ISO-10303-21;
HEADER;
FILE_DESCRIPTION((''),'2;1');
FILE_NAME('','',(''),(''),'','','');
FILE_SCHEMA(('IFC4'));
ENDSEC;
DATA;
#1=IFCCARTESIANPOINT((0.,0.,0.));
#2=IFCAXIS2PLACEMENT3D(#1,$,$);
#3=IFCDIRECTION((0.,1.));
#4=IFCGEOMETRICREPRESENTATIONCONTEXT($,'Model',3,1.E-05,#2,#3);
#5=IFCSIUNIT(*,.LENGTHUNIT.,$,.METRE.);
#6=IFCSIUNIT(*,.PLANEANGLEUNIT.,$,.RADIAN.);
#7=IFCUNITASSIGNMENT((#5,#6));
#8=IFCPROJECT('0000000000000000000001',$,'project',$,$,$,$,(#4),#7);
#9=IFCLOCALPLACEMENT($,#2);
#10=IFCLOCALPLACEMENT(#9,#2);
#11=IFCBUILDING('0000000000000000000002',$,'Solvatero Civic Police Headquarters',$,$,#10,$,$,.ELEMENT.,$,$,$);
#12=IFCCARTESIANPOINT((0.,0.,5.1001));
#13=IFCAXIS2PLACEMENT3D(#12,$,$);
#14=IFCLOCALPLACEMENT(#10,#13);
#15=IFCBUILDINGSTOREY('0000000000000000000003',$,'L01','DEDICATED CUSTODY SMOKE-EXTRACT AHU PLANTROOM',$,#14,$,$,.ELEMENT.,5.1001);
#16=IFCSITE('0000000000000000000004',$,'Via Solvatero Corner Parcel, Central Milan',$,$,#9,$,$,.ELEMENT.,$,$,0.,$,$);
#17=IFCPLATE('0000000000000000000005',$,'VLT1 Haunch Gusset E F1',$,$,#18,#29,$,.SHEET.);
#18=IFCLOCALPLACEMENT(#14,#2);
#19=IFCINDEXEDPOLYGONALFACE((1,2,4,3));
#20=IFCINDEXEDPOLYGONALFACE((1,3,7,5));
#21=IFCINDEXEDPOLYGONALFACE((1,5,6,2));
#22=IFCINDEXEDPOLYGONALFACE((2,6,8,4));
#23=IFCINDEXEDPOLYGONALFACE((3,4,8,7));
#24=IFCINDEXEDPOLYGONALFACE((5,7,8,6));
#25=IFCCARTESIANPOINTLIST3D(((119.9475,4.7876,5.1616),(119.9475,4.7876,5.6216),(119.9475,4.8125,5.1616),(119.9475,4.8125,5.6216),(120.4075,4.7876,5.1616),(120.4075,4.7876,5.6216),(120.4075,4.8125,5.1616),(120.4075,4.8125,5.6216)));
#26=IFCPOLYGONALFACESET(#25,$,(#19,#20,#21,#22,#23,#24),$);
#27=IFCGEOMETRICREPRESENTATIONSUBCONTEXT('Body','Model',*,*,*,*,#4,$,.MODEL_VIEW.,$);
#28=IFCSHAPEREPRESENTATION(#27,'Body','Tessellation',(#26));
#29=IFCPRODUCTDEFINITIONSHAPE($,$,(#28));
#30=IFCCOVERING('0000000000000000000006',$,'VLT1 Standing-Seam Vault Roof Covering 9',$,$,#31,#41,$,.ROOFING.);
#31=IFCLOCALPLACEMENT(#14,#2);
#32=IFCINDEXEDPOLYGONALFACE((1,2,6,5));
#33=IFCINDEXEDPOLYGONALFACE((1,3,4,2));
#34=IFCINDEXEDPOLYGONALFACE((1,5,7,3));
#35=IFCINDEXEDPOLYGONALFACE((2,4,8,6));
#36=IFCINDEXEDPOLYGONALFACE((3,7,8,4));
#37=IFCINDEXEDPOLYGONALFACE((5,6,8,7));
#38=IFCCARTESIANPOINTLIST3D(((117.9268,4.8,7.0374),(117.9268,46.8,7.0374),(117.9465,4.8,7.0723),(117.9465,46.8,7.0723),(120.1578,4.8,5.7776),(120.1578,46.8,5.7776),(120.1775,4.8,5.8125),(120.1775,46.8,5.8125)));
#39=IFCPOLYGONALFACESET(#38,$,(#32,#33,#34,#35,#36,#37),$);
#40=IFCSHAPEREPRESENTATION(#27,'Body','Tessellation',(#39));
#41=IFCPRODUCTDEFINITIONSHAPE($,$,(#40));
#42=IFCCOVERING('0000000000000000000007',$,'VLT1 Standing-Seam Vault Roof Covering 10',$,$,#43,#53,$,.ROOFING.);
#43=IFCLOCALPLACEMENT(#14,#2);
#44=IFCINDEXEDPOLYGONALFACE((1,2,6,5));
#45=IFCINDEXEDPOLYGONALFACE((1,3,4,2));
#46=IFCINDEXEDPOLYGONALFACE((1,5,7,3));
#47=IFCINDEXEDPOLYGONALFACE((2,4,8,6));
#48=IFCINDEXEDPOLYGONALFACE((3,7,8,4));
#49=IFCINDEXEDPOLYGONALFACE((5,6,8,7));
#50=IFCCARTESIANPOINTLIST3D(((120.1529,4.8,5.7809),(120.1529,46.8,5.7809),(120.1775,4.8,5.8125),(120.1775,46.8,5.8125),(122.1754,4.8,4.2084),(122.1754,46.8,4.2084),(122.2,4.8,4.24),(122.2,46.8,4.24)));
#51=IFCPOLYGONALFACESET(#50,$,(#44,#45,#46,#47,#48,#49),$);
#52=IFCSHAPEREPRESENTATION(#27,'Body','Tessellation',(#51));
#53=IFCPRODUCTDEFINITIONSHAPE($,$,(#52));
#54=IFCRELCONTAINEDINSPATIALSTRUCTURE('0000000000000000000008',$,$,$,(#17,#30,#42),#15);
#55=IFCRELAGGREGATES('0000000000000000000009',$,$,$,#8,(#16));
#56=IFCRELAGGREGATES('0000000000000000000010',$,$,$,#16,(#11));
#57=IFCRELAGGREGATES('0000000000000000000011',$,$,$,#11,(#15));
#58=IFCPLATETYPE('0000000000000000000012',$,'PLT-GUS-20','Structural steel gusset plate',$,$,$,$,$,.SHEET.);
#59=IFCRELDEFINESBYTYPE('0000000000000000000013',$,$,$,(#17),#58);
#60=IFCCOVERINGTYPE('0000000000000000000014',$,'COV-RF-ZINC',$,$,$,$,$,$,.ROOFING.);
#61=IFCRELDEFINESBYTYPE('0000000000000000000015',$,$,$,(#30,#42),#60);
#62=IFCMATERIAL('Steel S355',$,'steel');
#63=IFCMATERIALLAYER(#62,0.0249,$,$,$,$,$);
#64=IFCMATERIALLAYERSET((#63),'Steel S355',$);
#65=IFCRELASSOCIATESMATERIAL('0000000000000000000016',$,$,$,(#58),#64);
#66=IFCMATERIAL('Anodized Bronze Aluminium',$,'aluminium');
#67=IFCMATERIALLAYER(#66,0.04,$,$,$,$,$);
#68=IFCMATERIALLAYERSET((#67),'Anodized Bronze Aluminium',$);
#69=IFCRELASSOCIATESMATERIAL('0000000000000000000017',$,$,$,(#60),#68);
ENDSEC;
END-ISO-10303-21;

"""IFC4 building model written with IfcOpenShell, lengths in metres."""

from ifc_helpers import new_model, si_unit, direction, frame, origin, origin_2d, place, context, subcontext, project, spatial, polyline, rectangle, outline, extrude, material, layer, layer_set, type_object, element, save


model = new_model("IFC4")

# Units and contexts
model_context = context("Model", 3, precision=1e-05, world=origin(), true_north=direction((0.0, 1.0)))
body_context = subcontext(model_context, "Body", "Model", "MODEL_VIEW")
ifc_project = project(units=[si_unit("LENGTHUNIT", "METRE"), si_unit("PLANEANGLEUNIT", "RADIAN")], contexts=[model_context])

# Site, building, storey
site_placement = place(None, origin())
site = spatial("IfcSite", under=ifc_project, at=site_placement, Name="Via Solvatero Corner Parcel, Central Milan", CompositionType="ELEMENT", RefElevation=0.0)
building_placement = place(site_placement, origin())
building = spatial("IfcBuilding", under=site, at=building_placement, Name="Solvatero Civic Police Headquarters", CompositionType="ELEMENT")
storey_placement = place(building_placement, frame((0.0, 0.0, 5.1001)))
storey = spatial("IfcBuildingStorey", under=building, at=storey_placement, Name="L01", Description="DEDICATED CUSTODY SMOKE-EXTRACT AHU PLANTROOM", CompositionType="ELEMENT", Elevation=5.1001)

# Shared definitions
ifc_material_1 = material(Name="Steel S355", Category="steel")

# Shared definitions
ifc_material_2 = material(Name="Anodized Bronze Aluminium", Category="aluminium")

# Plate
ifc_layer_1 = layer(ifc_material_1, 0.0249)
ifc_layer_set_1 = layer_set([ifc_layer_1], Name="Steel S355")
plate_type_1 = type_object("IfcPlateType", Name="PLT-GUS-20", Description="Structural steel gusset plate", PredefinedType="SHEET", material=ifc_layer_set_1)
plate_1_placement = place(storey_placement, frame((120.1775, 4.8, 5.1616), z_axis=(0.0, 0.0, 1.0), x_axis=(1.0, 0.0, 0.0)))
element("IfcPlate", 1, at=plate_1_placement, inside=storey, type_object=plate_type_1, Name="VLT1 Haunch Gusset E F1", PredefinedType="SHEET", context=body_context, shape_type="SweptSolid", body=[
    extrude(rectangle(XDim=0.46, YDim=0.0249, at=origin_2d()), origin(), (0.0, 0.0, 1.0), 0.46),
])

# Coverings
ifc_layer_2 = layer(ifc_material_2, 0.04)
ifc_layer_set_2 = layer_set([ifc_layer_2], Name="Anodized Bronze Aluminium")
covering_type = type_object("IfcCoveringType", Name="COV-RF-ZINC", PredefinedType="ROOFING", material=ifc_layer_set_2)
covering_1_placement = place(storey_placement, frame((117.9465, 4.8, 7.0723), z_axis=(0.491699, 0.0, 0.870765), x_axis=(0.870765, 0.0, -0.491699)))
element("IfcCovering", 2, at=covering_1_placement, inside=storey, type_object=covering_type, Name="VLT1 Standing-Seam Vault Roof Covering 9", PredefinedType="ROOFING", context=body_context, shape_type="SweptSolid", body=[
    extrude(outline(polyline([(0.0, 0.0), (2.5621, 0.0), (2.5621, 42.0), (0.0, 42.0), (0.0, 0.0)])), origin(), (0.0, 0.0, -1.0), 0.04),
])
covering_2_placement = place(storey_placement, frame((120.1775, 4.8, 5.8125), z_axis=(0.613815, 0.0, 0.78945), x_axis=(0.78945, 0.0, -0.613815)))
element("IfcCovering", 3, at=covering_2_placement, inside=storey, type_object=covering_type, Name="VLT1 Standing-Seam Vault Roof Covering 10", PredefinedType="ROOFING", context=body_context, shape_type="SweptSolid", body=[
    extrude(outline(polyline([(0.0, 0.0), (2.5619, 0.0), (2.5619, 42.0), (0.0, 42.0), (0.0, 0.0)])), origin(), (0.0, 0.0, -1.0), 0.04),
])

save(model, "model.ifc")
